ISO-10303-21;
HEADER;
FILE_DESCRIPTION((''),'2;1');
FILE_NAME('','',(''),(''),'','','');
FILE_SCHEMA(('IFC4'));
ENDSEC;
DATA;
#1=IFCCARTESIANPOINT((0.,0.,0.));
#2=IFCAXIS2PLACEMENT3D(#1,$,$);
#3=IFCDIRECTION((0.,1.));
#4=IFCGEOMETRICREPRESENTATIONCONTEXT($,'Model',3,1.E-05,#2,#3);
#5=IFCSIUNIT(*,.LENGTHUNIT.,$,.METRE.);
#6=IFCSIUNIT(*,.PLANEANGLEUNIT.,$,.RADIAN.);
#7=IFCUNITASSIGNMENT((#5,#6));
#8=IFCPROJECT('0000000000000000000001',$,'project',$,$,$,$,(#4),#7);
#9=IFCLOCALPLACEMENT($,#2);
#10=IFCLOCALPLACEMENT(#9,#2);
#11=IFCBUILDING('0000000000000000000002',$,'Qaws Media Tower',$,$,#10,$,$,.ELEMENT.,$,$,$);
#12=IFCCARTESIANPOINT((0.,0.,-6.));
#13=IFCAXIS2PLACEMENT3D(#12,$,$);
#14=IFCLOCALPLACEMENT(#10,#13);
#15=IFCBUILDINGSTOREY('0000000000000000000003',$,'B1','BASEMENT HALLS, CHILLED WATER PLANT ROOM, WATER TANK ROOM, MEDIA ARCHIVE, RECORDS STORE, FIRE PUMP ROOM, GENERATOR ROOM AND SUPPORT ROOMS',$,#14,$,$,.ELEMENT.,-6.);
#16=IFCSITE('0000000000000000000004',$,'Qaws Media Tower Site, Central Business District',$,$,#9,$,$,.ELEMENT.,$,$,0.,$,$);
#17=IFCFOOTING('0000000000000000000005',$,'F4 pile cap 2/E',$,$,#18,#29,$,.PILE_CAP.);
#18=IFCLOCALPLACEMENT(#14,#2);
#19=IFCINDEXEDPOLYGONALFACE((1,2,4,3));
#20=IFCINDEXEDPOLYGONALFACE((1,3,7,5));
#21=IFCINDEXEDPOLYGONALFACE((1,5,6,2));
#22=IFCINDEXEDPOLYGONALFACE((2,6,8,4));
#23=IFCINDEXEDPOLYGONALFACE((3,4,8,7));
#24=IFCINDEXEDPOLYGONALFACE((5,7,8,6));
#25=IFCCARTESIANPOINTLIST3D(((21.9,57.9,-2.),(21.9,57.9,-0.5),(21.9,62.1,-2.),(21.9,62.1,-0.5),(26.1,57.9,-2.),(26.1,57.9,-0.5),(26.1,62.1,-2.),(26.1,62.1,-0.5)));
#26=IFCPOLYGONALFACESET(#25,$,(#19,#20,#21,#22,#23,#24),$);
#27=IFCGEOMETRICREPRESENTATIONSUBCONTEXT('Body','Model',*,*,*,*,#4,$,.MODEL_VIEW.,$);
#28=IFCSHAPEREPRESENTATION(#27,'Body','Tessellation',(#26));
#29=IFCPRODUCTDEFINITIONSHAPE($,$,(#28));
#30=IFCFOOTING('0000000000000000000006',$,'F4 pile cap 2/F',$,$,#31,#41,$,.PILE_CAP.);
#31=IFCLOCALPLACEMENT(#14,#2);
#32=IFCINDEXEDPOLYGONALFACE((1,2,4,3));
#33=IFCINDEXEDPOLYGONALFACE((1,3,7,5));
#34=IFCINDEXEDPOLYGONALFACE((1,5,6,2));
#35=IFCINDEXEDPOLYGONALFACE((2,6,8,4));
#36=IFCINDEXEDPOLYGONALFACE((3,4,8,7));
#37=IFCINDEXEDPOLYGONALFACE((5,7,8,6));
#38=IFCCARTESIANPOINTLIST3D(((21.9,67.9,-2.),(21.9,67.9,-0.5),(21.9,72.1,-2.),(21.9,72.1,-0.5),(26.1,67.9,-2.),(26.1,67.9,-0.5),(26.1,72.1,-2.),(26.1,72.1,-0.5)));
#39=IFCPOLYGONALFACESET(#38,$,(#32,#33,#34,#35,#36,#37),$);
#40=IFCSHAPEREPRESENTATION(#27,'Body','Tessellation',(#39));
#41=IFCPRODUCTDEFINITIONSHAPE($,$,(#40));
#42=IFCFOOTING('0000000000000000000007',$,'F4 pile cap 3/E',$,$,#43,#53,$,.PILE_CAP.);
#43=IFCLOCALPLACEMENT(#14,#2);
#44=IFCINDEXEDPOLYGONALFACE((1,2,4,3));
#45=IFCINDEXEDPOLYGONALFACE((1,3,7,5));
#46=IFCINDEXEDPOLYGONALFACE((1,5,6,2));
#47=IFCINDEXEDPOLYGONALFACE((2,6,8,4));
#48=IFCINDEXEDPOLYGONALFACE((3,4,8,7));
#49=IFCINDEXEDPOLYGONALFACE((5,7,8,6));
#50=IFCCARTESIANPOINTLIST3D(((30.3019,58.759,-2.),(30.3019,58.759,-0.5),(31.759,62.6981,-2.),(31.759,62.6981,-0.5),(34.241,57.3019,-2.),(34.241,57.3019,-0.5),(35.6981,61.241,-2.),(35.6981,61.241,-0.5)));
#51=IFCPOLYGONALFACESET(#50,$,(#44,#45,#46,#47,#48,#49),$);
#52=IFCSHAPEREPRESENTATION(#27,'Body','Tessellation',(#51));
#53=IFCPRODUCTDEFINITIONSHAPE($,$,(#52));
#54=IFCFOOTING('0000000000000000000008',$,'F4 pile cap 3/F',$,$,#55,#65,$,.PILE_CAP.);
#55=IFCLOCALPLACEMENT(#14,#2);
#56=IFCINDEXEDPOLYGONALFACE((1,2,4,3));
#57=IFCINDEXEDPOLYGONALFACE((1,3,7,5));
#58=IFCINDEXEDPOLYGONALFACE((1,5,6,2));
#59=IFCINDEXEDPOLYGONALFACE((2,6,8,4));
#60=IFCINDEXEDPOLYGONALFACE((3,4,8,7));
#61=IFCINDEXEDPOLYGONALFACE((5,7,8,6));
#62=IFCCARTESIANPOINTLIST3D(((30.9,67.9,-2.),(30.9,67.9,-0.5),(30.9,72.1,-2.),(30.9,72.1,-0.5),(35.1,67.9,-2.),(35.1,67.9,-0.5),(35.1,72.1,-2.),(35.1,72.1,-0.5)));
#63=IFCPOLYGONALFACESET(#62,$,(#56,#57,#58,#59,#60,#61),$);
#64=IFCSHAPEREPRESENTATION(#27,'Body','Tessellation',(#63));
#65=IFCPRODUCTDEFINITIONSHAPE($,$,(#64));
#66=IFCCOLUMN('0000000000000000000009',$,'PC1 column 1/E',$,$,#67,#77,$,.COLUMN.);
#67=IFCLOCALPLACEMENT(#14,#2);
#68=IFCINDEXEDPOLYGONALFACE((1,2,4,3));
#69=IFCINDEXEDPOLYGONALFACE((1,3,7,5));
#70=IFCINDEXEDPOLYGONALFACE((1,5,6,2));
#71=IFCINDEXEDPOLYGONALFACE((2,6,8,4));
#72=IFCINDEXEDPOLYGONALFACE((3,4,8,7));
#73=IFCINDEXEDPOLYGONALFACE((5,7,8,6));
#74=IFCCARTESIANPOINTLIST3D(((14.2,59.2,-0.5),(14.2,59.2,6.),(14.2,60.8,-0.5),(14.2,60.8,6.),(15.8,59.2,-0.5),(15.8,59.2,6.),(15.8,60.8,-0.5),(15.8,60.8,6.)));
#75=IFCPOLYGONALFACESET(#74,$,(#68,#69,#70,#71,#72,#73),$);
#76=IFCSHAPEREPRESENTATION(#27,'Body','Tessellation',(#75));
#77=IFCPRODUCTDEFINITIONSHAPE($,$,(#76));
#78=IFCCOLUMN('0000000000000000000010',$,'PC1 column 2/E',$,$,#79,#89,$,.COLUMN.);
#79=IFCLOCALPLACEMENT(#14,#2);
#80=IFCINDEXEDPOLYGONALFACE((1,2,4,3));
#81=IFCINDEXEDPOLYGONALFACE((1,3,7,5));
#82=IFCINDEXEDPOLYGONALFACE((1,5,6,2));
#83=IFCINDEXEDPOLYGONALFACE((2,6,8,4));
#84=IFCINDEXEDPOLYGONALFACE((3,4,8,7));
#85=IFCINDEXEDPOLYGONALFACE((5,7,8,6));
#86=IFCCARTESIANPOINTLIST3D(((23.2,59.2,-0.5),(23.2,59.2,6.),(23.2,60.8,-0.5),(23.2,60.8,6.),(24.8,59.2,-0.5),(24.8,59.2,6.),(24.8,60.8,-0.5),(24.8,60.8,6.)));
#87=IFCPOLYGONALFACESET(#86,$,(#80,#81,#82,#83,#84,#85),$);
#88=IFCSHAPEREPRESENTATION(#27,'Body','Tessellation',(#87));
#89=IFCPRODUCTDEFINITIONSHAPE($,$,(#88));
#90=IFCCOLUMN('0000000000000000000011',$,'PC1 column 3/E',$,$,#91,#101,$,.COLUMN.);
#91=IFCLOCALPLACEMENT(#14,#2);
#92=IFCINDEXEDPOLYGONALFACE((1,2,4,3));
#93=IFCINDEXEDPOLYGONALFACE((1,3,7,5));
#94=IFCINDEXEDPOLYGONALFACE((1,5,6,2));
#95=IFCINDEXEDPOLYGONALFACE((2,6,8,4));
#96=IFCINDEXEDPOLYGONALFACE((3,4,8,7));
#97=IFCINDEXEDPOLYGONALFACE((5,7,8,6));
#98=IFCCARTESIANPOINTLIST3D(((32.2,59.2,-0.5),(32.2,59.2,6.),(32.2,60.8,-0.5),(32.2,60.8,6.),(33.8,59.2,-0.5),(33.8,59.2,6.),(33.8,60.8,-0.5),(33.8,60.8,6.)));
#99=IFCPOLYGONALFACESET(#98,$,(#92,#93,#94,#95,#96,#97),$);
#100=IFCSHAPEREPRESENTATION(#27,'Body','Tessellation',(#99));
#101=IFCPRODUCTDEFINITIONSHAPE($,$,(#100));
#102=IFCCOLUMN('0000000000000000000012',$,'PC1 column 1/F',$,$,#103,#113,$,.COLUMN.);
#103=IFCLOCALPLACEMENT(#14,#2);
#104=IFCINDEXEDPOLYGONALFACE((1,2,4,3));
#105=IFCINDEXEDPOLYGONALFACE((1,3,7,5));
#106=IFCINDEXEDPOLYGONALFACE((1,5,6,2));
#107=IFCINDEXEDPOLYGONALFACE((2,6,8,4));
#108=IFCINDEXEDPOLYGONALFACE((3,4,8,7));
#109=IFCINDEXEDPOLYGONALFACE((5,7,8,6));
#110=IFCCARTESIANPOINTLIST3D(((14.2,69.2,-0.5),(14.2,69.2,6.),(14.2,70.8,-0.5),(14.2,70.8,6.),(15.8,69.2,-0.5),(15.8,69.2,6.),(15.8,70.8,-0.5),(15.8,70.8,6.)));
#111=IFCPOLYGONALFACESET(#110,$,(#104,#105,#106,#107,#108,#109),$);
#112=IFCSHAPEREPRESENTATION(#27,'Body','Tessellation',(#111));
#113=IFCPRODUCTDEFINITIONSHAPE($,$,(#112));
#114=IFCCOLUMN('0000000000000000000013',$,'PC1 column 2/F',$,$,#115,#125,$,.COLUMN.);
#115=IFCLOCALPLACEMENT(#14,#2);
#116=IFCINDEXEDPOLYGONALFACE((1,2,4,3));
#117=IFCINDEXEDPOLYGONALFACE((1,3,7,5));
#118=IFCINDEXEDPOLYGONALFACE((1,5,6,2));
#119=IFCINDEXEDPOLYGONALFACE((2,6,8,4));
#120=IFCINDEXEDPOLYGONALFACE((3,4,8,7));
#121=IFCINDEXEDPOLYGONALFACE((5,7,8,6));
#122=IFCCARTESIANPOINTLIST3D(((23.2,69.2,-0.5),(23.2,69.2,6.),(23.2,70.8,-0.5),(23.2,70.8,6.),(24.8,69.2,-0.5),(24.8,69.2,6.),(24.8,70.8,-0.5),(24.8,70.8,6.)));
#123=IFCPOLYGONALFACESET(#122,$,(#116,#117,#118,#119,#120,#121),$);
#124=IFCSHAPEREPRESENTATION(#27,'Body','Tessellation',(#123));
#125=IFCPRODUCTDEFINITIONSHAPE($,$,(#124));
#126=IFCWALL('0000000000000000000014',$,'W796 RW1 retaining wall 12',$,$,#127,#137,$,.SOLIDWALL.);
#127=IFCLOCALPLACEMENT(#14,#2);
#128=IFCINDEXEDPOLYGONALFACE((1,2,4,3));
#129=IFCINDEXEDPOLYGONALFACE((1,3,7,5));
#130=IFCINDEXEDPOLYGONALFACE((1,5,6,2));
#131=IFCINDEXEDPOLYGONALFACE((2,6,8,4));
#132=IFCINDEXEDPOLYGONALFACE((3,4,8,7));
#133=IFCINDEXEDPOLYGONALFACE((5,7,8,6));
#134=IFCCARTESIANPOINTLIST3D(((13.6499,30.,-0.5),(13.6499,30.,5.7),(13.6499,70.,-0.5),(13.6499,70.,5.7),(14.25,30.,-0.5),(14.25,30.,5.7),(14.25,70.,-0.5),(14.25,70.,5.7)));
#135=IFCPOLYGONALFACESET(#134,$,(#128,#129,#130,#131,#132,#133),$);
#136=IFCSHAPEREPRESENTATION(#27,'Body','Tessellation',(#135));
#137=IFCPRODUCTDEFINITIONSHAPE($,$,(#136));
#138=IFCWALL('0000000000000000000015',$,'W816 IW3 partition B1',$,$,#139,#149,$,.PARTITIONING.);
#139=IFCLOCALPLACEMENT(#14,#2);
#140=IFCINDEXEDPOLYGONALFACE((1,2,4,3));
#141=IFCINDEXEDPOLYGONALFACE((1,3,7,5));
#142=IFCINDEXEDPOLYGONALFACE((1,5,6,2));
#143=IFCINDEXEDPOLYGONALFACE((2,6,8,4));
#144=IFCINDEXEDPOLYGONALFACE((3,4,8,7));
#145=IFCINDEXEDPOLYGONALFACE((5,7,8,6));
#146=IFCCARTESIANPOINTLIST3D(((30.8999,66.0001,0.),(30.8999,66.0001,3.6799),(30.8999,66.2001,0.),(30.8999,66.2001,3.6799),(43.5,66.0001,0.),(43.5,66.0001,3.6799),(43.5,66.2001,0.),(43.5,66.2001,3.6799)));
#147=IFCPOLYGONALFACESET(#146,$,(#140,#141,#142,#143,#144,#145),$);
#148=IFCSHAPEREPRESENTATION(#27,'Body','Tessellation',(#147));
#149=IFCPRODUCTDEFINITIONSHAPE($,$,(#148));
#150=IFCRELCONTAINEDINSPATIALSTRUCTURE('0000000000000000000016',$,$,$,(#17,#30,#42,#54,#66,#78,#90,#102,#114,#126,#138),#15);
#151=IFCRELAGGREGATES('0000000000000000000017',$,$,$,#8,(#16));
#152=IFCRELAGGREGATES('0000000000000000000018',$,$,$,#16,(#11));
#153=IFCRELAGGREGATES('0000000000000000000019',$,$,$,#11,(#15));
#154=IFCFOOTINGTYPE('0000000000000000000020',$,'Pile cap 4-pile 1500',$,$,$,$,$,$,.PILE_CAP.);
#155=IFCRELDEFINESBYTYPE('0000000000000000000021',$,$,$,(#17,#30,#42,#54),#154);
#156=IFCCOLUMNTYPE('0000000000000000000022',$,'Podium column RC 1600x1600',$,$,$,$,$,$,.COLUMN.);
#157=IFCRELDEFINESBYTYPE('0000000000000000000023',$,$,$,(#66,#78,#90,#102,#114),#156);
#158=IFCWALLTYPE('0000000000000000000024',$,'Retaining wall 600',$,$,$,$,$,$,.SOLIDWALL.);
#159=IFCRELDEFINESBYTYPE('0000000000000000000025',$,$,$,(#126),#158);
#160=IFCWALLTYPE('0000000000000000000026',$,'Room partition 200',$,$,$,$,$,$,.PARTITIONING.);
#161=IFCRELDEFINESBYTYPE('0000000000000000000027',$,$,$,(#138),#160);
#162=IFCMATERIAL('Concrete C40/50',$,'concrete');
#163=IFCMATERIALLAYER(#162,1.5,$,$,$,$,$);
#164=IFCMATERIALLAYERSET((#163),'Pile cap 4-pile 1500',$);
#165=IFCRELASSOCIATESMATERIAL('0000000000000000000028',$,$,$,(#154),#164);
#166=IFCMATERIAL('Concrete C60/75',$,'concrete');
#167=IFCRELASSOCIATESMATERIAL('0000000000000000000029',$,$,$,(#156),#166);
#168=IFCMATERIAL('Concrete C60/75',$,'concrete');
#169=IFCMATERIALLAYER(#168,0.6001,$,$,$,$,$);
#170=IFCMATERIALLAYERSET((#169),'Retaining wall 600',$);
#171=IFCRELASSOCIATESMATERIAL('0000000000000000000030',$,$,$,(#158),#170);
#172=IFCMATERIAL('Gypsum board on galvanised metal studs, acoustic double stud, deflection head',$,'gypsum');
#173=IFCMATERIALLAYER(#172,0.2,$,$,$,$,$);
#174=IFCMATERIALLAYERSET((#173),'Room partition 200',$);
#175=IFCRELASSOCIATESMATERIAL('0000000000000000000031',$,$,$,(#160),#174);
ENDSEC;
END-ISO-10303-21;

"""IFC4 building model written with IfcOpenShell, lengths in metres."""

from ifc_helpers import new_model, si_unit, direction, frame, frame_2d, origin, origin_2d, place, context, subcontext, project, spatial, rectangle, extrude, material, layer, layer_set, material_profile, profile_set, type_object, element, save


model = new_model("IFC4")

# Units and contexts
model_context = context("Model", 3, precision=1e-05, world=origin(), true_north=direction((0.0, 1.0)))
body_context = subcontext(model_context, "Body", "Model", "MODEL_VIEW")
ifc_project = project(units=[si_unit("LENGTHUNIT", "METRE"), si_unit("PLANEANGLEUNIT", "RADIAN")], contexts=[model_context])

# Site, building, storey
site_placement = place(None, origin())
site = spatial("IfcSite", under=ifc_project, at=site_placement, Name="Qaws Media Tower Site, Central Business District", CompositionType="ELEMENT", RefElevation=0.0)
building_placement = place(site_placement, origin())
building = spatial("IfcBuilding", under=site, at=building_placement, Name="Qaws Media Tower", CompositionType="ELEMENT")
storey_placement = place(building_placement, frame((0.0, 0.0, -6.0)))
storey = spatial("IfcBuildingStorey", under=building, at=storey_placement, Name="B1", Description="BASEMENT HALLS, CHILLED WATER PLANT ROOM, WATER TANK ROOM, MEDIA ARCHIVE, RECORDS STORE, FIRE PUMP ROOM, GENERATOR ROOM AND SUPPORT ROOMS", CompositionType="ELEMENT", Elevation=-6.0)

# Footings
ifc_material_1 = material(Name="Concrete C40/50", Category="concrete")
ifc_layer_1 = layer(ifc_material_1, 1.5)
ifc_layer_set_1 = layer_set([ifc_layer_1], Name="Pile cap 4-pile 1500")
footing_type_1 = type_object("IfcFootingType", Name="Pile cap 4-pile 1500", PredefinedType="PILE_CAP", material=ifc_layer_set_1)
for number, where, z_axis, x_axis, name in (
    (1, (24.0, 60.0, -2.0), (0.0, 0.0, 1.0), (1.0, 0.0, 0.0), "F4 pile cap 2/E"),
    (2, (24.0, 70.0, -2.0), (0.0, 0.0, 1.0), (1.0, 0.0, 0.0), "F4 pile cap 2/F"),
    (3, (33.0, 60.0, -2.0), (0.0, 0.0, 1.0), (0.937889, -0.346936, 0.0), "F4 pile cap 3/E"),
    (4, (33.0, 70.0, -2.0), (0.0, 0.0, 1.0), (1.0, 0.0, 0.0), "F4 pile cap 3/F"),
):
    element("IfcFooting", number, at=place(storey_placement, frame(where, z_axis=z_axis, x_axis=x_axis)), inside=storey, type_object=footing_type_1, Name=name, PredefinedType="PILE_CAP", context=body_context, shape_type="SweptSolid", body=[
        extrude(rectangle(XDim=4.2, YDim=4.2, at=origin_2d()), origin(), (0.0, 0.0, 1.0), 1.5),
    ])

# Columns
ifc_material_2 = material(Name="Concrete C60/75", Category="concrete")
ifc_material_profile_1 = material_profile(ifc_material_2, rectangle(XDim=1.6001, YDim=1.6001, at=origin_2d()), Name="RC 1600x1600")
ifc_profile_set_1 = profile_set([ifc_material_profile_1], Name="Concrete C60/75")
column_type = type_object("IfcColumnType", Name="Podium column RC 1600x1600", PredefinedType="COLUMN", material=ifc_profile_set_1)
for number, where, z_axis, x_axis, name in (
    (5, (15.0, 60.0, -0.5), (0.0, 0.0, 1.0), (1.0, 0.0, 0.0), "PC1 column 1/E"),
    (6, (24.0, 60.0, -0.5), (0.0, 0.0, 1.0), (1.0, 0.0, 0.0), "PC1 column 2/E"),
    (7, (33.0, 60.0, -0.5), (0.0, 0.0, 1.0), (1.0, 0.0, 0.0), "PC1 column 3/E"),
    (8, (15.0, 70.0, -0.5), (0.0, 0.0, 1.0), (1.0, 0.0, 0.0), "PC1 column 1/F"),
    (9, (24.0, 70.0, -0.5), (0.0, 0.0, 1.0), (1.0, 0.0, 0.0), "PC1 column 2/F"),
):
    element("IfcColumn", number, at=place(storey_placement, frame(where, z_axis=z_axis, x_axis=x_axis)), inside=storey, type_object=column_type, Name=name, PredefinedType="COLUMN", context=body_context, shape_type="SweptSolid", body=[
        extrude(rectangle(XDim=1.6001, YDim=1.6001, at=origin_2d()), origin(), (0.0, 0.0, 1.0), 6.5),
    ])

# Walls
ifc_material_3 = material(Name="Concrete C60/75", Category="concrete")
ifc_layer_2 = layer(ifc_material_3, 0.6001)
ifc_layer_set_2 = layer_set([ifc_layer_2], Name="Retaining wall 600")
wall_type_1 = type_object("IfcWallType", Name="Retaining wall 600", PredefinedType="SOLIDWALL", material=ifc_layer_set_2)
wall_1_placement = place(storey_placement, frame((13.95, 70.0, -0.5), z_axis=(0.0, 0.0, 1.0), x_axis=(0.0, -1.0, 0.0)))
element("IfcWall", 10, at=wall_1_placement, inside=storey, type_object=wall_type_1, Name="W796 RW1 retaining wall 12", PredefinedType="SOLIDWALL", context=body_context, shape_type="SweptSolid", body=[
    extrude(rectangle(XDim=40.0, YDim=0.6001, at=frame_2d((20.0, 0.0))), origin(), (0.0, 0.0, 1.0), 6.2),
])
ifc_material_4 = material(Name="Gypsum board on galvanised metal studs, acoustic double stud, deflection head", Category="gypsum")
ifc_layer_3 = layer(ifc_material_4, 0.2)
ifc_layer_set_3 = layer_set([ifc_layer_3], Name="Room partition 200")
wall_type_2 = type_object("IfcWallType", Name="Room partition 200", PredefinedType="PARTITIONING", material=ifc_layer_set_3)
wall_2_placement = place(storey_placement, frame((30.8999, 66.1001, 0.0), z_axis=(0.0, 0.0, 1.0), x_axis=(1.0, 0.0, 0.0)))
element("IfcWall", 11, at=wall_2_placement, inside=storey, type_object=wall_type_2, Name="W816 IW3 partition B1", PredefinedType="PARTITIONING", context=body_context, shape_type="SweptSolid", body=[
    extrude(rectangle(XDim=12.6001, YDim=0.2, at=frame_2d((6.3, 0.0))), origin(), (0.0, 0.0, 1.0), 3.6799),
])

save(model, "model.ifc")
